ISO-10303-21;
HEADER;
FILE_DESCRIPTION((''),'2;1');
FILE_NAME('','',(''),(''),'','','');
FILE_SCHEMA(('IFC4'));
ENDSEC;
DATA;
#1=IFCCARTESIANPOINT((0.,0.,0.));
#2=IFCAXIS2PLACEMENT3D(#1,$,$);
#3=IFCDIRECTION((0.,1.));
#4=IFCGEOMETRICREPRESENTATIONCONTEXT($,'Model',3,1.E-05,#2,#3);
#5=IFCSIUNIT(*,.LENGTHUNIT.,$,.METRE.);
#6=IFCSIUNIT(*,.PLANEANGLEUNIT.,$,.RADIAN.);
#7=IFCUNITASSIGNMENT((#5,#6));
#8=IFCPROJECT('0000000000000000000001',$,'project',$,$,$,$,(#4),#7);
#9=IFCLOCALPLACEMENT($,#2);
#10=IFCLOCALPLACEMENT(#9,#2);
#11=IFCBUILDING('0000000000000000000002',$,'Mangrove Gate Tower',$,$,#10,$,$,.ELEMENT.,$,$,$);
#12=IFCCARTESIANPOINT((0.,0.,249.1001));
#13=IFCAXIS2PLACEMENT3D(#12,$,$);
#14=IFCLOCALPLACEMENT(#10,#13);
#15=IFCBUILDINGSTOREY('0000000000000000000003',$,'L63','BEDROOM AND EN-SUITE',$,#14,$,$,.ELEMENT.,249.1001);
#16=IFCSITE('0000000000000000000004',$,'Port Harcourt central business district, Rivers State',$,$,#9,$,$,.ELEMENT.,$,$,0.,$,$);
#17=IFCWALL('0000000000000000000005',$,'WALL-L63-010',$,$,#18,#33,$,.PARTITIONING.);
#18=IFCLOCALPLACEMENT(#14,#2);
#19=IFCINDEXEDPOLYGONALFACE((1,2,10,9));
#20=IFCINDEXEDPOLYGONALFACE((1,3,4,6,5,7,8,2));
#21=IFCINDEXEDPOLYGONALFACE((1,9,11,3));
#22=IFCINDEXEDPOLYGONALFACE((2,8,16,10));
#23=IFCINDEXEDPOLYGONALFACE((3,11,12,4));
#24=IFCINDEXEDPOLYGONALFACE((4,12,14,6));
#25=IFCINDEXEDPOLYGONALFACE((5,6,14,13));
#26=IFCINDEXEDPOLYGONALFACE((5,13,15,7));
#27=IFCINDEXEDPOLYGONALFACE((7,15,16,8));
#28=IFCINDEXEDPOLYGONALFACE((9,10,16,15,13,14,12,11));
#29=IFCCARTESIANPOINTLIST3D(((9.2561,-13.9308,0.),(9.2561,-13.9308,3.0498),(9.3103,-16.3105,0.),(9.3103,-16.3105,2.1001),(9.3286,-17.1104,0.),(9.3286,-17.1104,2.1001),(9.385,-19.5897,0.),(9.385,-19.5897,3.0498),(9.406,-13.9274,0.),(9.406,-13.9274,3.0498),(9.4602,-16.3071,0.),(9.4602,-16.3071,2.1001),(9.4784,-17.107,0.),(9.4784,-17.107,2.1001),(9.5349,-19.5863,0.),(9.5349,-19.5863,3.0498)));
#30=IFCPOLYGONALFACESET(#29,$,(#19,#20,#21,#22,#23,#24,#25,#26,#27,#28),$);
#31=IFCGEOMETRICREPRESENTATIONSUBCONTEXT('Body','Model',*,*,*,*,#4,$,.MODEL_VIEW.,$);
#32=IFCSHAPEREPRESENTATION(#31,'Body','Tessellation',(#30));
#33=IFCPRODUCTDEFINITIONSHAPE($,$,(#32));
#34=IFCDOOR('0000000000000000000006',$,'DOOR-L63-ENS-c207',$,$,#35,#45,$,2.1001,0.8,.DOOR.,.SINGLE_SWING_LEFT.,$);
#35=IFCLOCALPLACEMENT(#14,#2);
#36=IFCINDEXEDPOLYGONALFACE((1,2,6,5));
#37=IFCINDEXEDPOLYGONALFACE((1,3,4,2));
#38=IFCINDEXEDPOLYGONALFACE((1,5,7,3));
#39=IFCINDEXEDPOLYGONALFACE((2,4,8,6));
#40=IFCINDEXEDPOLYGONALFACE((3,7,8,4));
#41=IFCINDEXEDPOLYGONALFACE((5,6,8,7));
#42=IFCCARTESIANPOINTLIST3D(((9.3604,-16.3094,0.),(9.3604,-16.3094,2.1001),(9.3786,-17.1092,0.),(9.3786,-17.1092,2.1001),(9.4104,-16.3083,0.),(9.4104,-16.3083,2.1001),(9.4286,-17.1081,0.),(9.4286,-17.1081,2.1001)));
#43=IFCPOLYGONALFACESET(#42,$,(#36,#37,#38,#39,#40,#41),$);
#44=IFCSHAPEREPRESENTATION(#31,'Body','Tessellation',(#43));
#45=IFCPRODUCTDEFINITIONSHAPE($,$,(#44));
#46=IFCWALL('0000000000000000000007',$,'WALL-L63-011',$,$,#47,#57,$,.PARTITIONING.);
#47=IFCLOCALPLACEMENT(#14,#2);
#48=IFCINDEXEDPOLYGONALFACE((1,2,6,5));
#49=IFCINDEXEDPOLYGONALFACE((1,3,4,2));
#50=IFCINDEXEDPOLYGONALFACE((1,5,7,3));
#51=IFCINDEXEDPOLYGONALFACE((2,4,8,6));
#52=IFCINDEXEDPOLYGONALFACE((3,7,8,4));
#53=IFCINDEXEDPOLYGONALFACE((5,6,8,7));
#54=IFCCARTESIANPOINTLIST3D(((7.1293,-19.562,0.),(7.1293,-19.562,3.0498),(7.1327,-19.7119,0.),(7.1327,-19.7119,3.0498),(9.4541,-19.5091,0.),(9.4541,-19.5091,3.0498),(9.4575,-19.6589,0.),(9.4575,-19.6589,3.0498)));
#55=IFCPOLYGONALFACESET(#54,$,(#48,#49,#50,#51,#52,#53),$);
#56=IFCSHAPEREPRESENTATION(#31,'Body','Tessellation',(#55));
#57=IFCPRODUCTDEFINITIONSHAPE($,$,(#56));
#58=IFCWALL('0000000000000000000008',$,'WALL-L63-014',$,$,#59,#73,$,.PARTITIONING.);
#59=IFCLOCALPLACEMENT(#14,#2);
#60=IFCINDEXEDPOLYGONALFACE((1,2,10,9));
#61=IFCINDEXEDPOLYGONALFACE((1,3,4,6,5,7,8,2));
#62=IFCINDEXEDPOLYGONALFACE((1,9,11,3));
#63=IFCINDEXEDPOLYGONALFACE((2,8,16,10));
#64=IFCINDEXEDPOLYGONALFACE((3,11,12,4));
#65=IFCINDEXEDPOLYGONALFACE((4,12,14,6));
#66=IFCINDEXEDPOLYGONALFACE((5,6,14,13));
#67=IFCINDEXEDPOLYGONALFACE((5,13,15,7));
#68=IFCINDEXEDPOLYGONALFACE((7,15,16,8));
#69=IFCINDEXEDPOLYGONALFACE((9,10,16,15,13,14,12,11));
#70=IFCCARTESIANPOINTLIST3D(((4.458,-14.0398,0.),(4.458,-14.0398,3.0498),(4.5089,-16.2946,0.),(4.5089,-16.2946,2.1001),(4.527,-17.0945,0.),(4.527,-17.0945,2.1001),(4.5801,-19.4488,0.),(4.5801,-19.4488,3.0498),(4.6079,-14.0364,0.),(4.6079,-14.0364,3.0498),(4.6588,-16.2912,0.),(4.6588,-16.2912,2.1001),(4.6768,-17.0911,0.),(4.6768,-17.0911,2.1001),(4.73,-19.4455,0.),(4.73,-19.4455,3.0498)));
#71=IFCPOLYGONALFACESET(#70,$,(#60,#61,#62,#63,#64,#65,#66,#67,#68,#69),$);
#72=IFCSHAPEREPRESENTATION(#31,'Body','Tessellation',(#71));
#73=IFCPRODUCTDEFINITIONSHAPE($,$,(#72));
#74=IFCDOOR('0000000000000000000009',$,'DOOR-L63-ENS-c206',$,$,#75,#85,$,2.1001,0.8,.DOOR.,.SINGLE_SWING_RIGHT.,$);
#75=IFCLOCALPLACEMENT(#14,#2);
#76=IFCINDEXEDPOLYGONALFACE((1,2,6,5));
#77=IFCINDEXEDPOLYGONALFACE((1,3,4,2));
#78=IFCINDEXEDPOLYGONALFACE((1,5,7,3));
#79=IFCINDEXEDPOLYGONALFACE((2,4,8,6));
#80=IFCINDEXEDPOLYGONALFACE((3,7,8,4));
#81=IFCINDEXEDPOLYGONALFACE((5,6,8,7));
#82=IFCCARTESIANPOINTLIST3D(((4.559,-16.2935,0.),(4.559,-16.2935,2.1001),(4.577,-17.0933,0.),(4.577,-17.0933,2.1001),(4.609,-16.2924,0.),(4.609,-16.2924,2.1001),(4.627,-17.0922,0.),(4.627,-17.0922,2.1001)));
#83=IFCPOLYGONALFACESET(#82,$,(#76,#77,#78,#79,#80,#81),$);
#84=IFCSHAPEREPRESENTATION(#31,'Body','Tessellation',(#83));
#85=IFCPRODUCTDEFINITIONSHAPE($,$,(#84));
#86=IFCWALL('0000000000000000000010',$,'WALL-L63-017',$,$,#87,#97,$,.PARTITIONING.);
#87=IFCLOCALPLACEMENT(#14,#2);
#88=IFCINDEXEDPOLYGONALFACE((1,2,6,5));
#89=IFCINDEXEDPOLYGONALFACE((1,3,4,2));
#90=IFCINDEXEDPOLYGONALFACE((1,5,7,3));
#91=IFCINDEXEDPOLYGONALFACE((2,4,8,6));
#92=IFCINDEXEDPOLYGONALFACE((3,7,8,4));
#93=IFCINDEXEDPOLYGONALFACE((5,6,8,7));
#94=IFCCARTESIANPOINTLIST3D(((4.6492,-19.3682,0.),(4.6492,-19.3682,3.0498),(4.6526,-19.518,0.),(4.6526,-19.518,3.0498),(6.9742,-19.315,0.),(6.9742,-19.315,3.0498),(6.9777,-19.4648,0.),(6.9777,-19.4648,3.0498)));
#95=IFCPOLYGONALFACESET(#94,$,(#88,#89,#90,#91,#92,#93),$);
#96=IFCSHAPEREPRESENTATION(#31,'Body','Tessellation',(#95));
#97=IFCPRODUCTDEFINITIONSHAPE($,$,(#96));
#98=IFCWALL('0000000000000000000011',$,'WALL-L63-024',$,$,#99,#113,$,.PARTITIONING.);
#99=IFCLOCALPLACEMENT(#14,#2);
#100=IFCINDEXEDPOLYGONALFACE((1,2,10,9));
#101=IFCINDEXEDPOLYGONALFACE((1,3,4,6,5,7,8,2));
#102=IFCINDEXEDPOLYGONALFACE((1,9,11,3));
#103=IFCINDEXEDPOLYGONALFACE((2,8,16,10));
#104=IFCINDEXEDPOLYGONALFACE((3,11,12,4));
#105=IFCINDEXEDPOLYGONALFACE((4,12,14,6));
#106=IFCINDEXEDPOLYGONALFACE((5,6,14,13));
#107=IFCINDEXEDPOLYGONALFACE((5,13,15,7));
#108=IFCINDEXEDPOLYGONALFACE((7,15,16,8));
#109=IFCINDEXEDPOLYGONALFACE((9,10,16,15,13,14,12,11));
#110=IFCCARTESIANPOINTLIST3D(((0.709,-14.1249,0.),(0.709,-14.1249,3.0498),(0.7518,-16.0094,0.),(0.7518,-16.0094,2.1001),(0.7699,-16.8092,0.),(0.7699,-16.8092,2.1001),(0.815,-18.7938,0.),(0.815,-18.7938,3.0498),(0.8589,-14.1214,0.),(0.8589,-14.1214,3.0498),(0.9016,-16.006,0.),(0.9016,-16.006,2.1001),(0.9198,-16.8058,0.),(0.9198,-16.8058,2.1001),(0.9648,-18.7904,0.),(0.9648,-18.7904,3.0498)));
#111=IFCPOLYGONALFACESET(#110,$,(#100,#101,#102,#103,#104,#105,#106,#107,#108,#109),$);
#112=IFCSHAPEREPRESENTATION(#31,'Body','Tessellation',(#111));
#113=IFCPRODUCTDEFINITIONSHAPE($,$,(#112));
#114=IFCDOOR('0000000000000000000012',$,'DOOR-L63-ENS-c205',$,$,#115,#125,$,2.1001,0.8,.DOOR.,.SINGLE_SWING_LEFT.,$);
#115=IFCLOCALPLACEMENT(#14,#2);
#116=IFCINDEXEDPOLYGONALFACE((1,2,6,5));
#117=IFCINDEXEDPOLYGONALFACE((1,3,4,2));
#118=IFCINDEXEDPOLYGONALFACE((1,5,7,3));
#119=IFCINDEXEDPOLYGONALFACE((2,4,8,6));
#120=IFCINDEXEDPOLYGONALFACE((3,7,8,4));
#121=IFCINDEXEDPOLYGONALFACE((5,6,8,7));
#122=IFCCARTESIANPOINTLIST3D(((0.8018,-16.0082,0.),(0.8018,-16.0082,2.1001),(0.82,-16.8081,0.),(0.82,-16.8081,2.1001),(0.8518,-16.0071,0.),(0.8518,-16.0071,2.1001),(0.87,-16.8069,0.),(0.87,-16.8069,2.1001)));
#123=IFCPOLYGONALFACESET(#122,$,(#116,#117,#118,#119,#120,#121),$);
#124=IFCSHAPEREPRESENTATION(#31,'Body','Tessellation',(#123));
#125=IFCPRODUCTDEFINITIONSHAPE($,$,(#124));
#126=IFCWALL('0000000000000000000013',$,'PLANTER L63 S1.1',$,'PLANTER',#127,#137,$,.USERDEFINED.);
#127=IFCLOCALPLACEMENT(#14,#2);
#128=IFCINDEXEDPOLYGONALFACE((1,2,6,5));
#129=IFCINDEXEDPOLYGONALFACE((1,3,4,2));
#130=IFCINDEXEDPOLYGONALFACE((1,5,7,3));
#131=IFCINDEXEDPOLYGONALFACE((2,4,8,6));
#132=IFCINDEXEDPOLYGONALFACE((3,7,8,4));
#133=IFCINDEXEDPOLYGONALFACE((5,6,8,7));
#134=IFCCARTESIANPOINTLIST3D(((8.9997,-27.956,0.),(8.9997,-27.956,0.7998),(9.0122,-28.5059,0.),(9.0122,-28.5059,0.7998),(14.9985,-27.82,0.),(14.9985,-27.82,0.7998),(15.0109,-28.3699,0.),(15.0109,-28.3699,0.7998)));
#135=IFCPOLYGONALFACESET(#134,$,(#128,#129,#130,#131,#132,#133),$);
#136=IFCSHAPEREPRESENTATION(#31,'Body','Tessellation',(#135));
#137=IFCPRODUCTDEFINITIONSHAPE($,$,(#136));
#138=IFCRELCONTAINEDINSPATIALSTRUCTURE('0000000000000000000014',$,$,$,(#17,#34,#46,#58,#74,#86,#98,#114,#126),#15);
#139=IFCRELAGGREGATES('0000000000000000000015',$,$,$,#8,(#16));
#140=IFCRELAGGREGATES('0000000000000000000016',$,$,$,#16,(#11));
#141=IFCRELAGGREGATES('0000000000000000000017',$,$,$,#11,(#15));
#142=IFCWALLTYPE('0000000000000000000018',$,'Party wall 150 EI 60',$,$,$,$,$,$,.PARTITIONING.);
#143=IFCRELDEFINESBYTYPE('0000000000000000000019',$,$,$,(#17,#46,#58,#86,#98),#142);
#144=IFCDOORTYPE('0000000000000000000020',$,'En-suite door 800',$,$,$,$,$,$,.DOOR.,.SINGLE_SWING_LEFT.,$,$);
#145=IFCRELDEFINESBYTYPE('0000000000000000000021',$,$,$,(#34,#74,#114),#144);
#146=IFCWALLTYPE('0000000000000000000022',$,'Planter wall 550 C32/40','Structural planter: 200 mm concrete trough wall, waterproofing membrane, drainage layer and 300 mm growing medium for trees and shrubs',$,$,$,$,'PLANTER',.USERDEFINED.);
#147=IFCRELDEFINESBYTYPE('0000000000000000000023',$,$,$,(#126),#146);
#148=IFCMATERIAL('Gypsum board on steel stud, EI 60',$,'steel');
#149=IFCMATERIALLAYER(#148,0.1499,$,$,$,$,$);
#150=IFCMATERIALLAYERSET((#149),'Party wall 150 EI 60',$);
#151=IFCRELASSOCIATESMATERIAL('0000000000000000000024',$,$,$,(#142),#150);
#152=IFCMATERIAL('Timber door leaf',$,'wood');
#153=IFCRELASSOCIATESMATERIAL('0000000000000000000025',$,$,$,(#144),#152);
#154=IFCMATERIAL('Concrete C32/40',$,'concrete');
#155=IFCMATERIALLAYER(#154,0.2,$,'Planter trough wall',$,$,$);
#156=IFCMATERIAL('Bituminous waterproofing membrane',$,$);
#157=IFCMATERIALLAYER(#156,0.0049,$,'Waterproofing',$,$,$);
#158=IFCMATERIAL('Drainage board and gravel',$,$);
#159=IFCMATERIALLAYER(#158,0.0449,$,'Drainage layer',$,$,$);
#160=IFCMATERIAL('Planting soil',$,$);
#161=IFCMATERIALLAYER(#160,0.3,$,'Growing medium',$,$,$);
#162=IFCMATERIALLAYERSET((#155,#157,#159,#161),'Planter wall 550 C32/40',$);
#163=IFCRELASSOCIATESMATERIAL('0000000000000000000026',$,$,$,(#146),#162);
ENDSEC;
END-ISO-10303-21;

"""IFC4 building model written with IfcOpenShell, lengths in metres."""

from ifc_helpers import new_model, si_unit, direction, frame, frame_2d, origin, place, context, subcontext, project, spatial, rectangle, extrude, material, layer, layer_set, type_object, element, fill, save


model = new_model("IFC4")

# Units and contexts
model_context = context("Model", 3, precision=1e-05, world=origin(), true_north=direction((0.0, 1.0)))
body_context = subcontext(model_context, "Body", "Model", "MODEL_VIEW")
ifc_project = project(units=[si_unit("LENGTHUNIT", "METRE"), si_unit("PLANEANGLEUNIT", "RADIAN")], contexts=[model_context])

# Site, building, storey
site_placement = place(None, origin())
site = spatial("IfcSite", under=ifc_project, at=site_placement, Name="Port Harcourt central business district, Rivers State", CompositionType="ELEMENT", RefElevation=0.0)
building_placement = place(site_placement, origin())
building = spatial("IfcBuilding", under=site, at=building_placement, Name="Mangrove Gate Tower", CompositionType="ELEMENT")
storey_placement = place(building_placement, frame((0.0, 0.0, 249.1001)))
storey = spatial("IfcBuildingStorey", under=building, at=storey_placement, Name="L63", Description="BEDROOM AND EN-SUITE", CompositionType="ELEMENT", Elevation=249.1001)

# Shared definitions
ifc_material_1 = material(Name="Gypsum board on steel stud, EI 60", Category="steel")
ifc_layer_1 = layer(ifc_material_1, 0.1499)
ifc_layer_set_1 = layer_set([ifc_layer_1], Name="Party wall 150 EI 60")
wall_type_1 = type_object("IfcWallType", Name="Party wall 150 EI 60", PredefinedType="PARTITIONING", material=ifc_layer_set_1)

# Wall, opening, door
wall_1_placement = place(storey_placement, frame((9.46, -19.5879, 0.0), z_axis=(0.0, 0.0, 1.0), x_axis=(-0.022773, 0.999741, 0.0)))
wall_1 = element("IfcWall", 1, at=wall_1_placement, inside=storey, type_object=wall_type_1, Name="WALL-L63-010", PredefinedType="PARTITIONING", context=body_context, shape_type="SweptSolid", body=[
    extrude(rectangle(XDim=5.6604, YDim=0.1499, at=frame_2d((2.8301, 0.0))), origin(), (0.0, 0.0, 1.0), 3.0498),
])
opening_1_placement = place(wall_1_placement, frame((2.48, 0.0, 0.0)))
opening_1 = element("IfcOpeningElement", 2, at=opening_1_placement, cuts=wall_1, PredefinedType="OPENING", context=body_context, shape_type="SweptSolid", body=[
    extrude(rectangle(XDim=0.8, YDim=2.1001, at=frame_2d((0.3999, 1.05))), frame((0.0, 0.085, 0.0), z_axis=(0.0, -1.0, 0.0), x_axis=(1.0, 0.0, 0.0)), (0.0, 0.0, 1.0), 0.1699),
])
ifc_material_2 = material(Name="Timber door leaf", Category="wood")
door_type_1 = type_object("IfcDoorType", Name="En-suite door 800", OperationType="SINGLE_SWING_LEFT", PredefinedType="DOOR", material=ifc_material_2)
door_1_placement = place(opening_1_placement, origin())
door_1 = element("IfcDoor", 3, at=door_1_placement, inside=storey, type_object=door_type_1, Name="DOOR-L63-ENS-c207", OperationType="SINGLE_SWING_LEFT", OverallHeight=2.1001, OverallWidth=0.8, PredefinedType="DOOR", context=body_context, shape_type="SweptSolid", body=[
    extrude(rectangle(XDim=0.8, YDim=2.1001, at=frame_2d((0.3999, 1.05))), frame((0.0, 0.0249, 0.0), z_axis=(0.0, -1.0, 0.0), x_axis=(1.0, 0.0, 0.0)), (0.0, 0.0, 1.0), 0.05),
])
fill(opening_1, door_1)

# Wall
wall_2_placement = place(storey_placement, frame((7.1311, -19.637, 0.0), z_axis=(0.0, 0.0, 1.0), x_axis=(0.99974, 0.022781, 0.0)))
element("IfcWall", 4, at=wall_2_placement, inside=storey, type_object=wall_type_1, Name="WALL-L63-011", PredefinedType="PARTITIONING", context=body_context, shape_type="SweptSolid", body=[
    extrude(rectangle(XDim=2.3254, YDim=0.1499, at=frame_2d((1.1626, 0.0))), origin(), (0.0, 0.0, 1.0), 3.0498),
])

# Wall, opening, door
wall_3_placement = place(storey_placement, frame((4.655, -19.447, 0.0), z_axis=(0.0, 0.0, 1.0), x_axis=(-0.022563, 0.999745, 0.0)))
wall_3 = element("IfcWall", 5, at=wall_3_placement, inside=storey, type_object=wall_type_1, Name="WALL-L63-014", PredefinedType="PARTITIONING", context=body_context, shape_type="SweptSolid", body=[
    extrude(rectangle(XDim=5.4104, YDim=0.1499, at=frame_2d((2.7051, 0.0))), origin(), (0.0, 0.0, 1.0), 3.0498),
])
opening_2_placement = place(wall_3_placement, frame((2.355, 0.0, 0.0)))
opening_2 = element("IfcOpeningElement", 6, at=opening_2_placement, cuts=wall_3, PredefinedType="OPENING", context=body_context, shape_type="SweptSolid", body=[
    extrude(rectangle(XDim=0.8, YDim=2.1001, at=frame_2d((0.3999, 1.05))), frame((0.0, 0.085, 0.0), z_axis=(0.0, -1.0, 0.0), x_axis=(1.0, 0.0, 0.0)), (0.0, 0.0, 1.0), 0.1699),
])
door_2_placement = place(opening_2_placement, origin())
door_2 = element("IfcDoor", 7, at=door_2_placement, inside=storey, type_object=door_type_1, Name="DOOR-L63-ENS-c206", OperationType="SINGLE_SWING_RIGHT", OverallHeight=2.1001, OverallWidth=0.8, PredefinedType="DOOR", context=body_context, shape_type="SweptSolid", body=[
    extrude(rectangle(XDim=0.8, YDim=2.1001, at=frame_2d((0.3999, 1.05))), frame((0.0, 0.0249, 0.0), z_axis=(0.0, -1.0, 0.0), x_axis=(1.0, 0.0, 0.0)), (0.0, 0.0, 1.0), 0.05),
])
fill(opening_2, door_2)

# Wall
wall_4_placement = place(storey_placement, frame((4.6509, -19.4431, 0.0), z_axis=(0.0, 0.0, 1.0), x_axis=(0.999738, 0.022884, 0.0)))
element("IfcWall", 8, at=wall_4_placement, inside=storey, type_object=wall_type_1, Name="WALL-L63-017", PredefinedType="PARTITIONING", context=body_context, shape_type="SweptSolid", body=[
    extrude(rectangle(XDim=2.3257, YDim=0.1499, at=frame_2d((1.1628, 0.0))), origin(), (0.0, 0.0, 1.0), 3.0498),
])

# Wall, opening, door
wall_5_placement = place(storey_placement, frame((0.8899, -18.792, 0.0), z_axis=(0.0, 0.0, 1.0), x_axis=(-0.022688, 0.999743, 0.0)))
wall_5 = element("IfcWall", 9, at=wall_5_placement, inside=storey, type_object=wall_type_1, Name="WALL-L63-024", PredefinedType="PARTITIONING", context=body_context, shape_type="SweptSolid", body=[
    extrude(rectangle(XDim=4.6702, YDim=0.1499, at=frame_2d((2.335, 0.0))), origin(), (0.0, 0.0, 1.0), 3.0498),
])
opening_3_placement = place(wall_5_placement, frame((1.9851, 0.0, 0.0)))
opening_3 = element("IfcOpeningElement", 10, at=opening_3_placement, cuts=wall_5, PredefinedType="OPENING", context=body_context, shape_type="SweptSolid", body=[
    extrude(rectangle(XDim=0.8, YDim=2.1001, at=frame_2d((0.3999, 1.05))), frame((0.0, 0.085, 0.0), z_axis=(0.0, -1.0, 0.0), x_axis=(1.0, 0.0, 0.0)), (0.0, 0.0, 1.0), 0.1699),
])
door_3_placement = place(opening_3_placement, origin())
door_3 = element("IfcDoor", 11, at=door_3_placement, inside=storey, type_object=door_type_1, Name="DOOR-L63-ENS-c205", OperationType="SINGLE_SWING_LEFT", OverallHeight=2.1001, OverallWidth=0.8, PredefinedType="DOOR", context=body_context, shape_type="SweptSolid", body=[
    extrude(rectangle(XDim=0.8, YDim=2.1001, at=frame_2d((0.3999, 1.05))), frame((0.0, 0.0249, 0.0), z_axis=(0.0, -1.0, 0.0), x_axis=(1.0, 0.0, 0.0)), (0.0, 0.0, 1.0), 0.05),
])
fill(opening_3, door_3)

# Wall
ifc_material_3 = material(Name="Concrete C32/40", Category="concrete")
ifc_layer_2 = layer(ifc_material_3, 0.2, Name="Planter trough wall")
ifc_material_4 = material(Name="Bituminous waterproofing membrane")
ifc_layer_3 = layer(ifc_material_4, 0.0049, Name="Waterproofing")
ifc_material_5 = material(Name="Drainage board and gravel")
ifc_layer_4 = layer(ifc_material_5, 0.0449, Name="Drainage layer")
ifc_material_6 = material(Name="Planting soil")
ifc_layer_5 = layer(ifc_material_6, 0.3, Name="Growing medium")
ifc_layer_set_2 = layer_set([ifc_layer_2, ifc_layer_3, ifc_layer_4, ifc_layer_5], Name="Planter wall 550 C32/40")
wall_type_2 = type_object("IfcWallType", Name="Planter wall 550 C32/40", Description="Structural planter: 200 mm concrete trough wall, waterproofing membrane, drainage layer and 300 mm growing medium for trees and shrubs", ElementType="PLANTER", PredefinedType="USERDEFINED", material=ifc_layer_set_2)
wall_6_placement = place(storey_placement, frame((9.0061, -28.231, 0.0), z_axis=(0.0, 0.0, 1.0), x_axis=(0.999743, 0.022663, 0.0)))
element("IfcWall", 12, at=wall_6_placement, inside=storey, type_object=wall_type_2, Name="PLANTER L63 S1.1", ObjectType="PLANTER", PredefinedType="USERDEFINED", context=body_context, shape_type="SweptSolid", body=[
    extrude(rectangle(XDim=6.0002, YDim=0.55, at=frame_2d((3.0, 0.0))), origin(), (0.0, 0.0, 1.0), 0.7998),
])

save(model, "model.ifc")
